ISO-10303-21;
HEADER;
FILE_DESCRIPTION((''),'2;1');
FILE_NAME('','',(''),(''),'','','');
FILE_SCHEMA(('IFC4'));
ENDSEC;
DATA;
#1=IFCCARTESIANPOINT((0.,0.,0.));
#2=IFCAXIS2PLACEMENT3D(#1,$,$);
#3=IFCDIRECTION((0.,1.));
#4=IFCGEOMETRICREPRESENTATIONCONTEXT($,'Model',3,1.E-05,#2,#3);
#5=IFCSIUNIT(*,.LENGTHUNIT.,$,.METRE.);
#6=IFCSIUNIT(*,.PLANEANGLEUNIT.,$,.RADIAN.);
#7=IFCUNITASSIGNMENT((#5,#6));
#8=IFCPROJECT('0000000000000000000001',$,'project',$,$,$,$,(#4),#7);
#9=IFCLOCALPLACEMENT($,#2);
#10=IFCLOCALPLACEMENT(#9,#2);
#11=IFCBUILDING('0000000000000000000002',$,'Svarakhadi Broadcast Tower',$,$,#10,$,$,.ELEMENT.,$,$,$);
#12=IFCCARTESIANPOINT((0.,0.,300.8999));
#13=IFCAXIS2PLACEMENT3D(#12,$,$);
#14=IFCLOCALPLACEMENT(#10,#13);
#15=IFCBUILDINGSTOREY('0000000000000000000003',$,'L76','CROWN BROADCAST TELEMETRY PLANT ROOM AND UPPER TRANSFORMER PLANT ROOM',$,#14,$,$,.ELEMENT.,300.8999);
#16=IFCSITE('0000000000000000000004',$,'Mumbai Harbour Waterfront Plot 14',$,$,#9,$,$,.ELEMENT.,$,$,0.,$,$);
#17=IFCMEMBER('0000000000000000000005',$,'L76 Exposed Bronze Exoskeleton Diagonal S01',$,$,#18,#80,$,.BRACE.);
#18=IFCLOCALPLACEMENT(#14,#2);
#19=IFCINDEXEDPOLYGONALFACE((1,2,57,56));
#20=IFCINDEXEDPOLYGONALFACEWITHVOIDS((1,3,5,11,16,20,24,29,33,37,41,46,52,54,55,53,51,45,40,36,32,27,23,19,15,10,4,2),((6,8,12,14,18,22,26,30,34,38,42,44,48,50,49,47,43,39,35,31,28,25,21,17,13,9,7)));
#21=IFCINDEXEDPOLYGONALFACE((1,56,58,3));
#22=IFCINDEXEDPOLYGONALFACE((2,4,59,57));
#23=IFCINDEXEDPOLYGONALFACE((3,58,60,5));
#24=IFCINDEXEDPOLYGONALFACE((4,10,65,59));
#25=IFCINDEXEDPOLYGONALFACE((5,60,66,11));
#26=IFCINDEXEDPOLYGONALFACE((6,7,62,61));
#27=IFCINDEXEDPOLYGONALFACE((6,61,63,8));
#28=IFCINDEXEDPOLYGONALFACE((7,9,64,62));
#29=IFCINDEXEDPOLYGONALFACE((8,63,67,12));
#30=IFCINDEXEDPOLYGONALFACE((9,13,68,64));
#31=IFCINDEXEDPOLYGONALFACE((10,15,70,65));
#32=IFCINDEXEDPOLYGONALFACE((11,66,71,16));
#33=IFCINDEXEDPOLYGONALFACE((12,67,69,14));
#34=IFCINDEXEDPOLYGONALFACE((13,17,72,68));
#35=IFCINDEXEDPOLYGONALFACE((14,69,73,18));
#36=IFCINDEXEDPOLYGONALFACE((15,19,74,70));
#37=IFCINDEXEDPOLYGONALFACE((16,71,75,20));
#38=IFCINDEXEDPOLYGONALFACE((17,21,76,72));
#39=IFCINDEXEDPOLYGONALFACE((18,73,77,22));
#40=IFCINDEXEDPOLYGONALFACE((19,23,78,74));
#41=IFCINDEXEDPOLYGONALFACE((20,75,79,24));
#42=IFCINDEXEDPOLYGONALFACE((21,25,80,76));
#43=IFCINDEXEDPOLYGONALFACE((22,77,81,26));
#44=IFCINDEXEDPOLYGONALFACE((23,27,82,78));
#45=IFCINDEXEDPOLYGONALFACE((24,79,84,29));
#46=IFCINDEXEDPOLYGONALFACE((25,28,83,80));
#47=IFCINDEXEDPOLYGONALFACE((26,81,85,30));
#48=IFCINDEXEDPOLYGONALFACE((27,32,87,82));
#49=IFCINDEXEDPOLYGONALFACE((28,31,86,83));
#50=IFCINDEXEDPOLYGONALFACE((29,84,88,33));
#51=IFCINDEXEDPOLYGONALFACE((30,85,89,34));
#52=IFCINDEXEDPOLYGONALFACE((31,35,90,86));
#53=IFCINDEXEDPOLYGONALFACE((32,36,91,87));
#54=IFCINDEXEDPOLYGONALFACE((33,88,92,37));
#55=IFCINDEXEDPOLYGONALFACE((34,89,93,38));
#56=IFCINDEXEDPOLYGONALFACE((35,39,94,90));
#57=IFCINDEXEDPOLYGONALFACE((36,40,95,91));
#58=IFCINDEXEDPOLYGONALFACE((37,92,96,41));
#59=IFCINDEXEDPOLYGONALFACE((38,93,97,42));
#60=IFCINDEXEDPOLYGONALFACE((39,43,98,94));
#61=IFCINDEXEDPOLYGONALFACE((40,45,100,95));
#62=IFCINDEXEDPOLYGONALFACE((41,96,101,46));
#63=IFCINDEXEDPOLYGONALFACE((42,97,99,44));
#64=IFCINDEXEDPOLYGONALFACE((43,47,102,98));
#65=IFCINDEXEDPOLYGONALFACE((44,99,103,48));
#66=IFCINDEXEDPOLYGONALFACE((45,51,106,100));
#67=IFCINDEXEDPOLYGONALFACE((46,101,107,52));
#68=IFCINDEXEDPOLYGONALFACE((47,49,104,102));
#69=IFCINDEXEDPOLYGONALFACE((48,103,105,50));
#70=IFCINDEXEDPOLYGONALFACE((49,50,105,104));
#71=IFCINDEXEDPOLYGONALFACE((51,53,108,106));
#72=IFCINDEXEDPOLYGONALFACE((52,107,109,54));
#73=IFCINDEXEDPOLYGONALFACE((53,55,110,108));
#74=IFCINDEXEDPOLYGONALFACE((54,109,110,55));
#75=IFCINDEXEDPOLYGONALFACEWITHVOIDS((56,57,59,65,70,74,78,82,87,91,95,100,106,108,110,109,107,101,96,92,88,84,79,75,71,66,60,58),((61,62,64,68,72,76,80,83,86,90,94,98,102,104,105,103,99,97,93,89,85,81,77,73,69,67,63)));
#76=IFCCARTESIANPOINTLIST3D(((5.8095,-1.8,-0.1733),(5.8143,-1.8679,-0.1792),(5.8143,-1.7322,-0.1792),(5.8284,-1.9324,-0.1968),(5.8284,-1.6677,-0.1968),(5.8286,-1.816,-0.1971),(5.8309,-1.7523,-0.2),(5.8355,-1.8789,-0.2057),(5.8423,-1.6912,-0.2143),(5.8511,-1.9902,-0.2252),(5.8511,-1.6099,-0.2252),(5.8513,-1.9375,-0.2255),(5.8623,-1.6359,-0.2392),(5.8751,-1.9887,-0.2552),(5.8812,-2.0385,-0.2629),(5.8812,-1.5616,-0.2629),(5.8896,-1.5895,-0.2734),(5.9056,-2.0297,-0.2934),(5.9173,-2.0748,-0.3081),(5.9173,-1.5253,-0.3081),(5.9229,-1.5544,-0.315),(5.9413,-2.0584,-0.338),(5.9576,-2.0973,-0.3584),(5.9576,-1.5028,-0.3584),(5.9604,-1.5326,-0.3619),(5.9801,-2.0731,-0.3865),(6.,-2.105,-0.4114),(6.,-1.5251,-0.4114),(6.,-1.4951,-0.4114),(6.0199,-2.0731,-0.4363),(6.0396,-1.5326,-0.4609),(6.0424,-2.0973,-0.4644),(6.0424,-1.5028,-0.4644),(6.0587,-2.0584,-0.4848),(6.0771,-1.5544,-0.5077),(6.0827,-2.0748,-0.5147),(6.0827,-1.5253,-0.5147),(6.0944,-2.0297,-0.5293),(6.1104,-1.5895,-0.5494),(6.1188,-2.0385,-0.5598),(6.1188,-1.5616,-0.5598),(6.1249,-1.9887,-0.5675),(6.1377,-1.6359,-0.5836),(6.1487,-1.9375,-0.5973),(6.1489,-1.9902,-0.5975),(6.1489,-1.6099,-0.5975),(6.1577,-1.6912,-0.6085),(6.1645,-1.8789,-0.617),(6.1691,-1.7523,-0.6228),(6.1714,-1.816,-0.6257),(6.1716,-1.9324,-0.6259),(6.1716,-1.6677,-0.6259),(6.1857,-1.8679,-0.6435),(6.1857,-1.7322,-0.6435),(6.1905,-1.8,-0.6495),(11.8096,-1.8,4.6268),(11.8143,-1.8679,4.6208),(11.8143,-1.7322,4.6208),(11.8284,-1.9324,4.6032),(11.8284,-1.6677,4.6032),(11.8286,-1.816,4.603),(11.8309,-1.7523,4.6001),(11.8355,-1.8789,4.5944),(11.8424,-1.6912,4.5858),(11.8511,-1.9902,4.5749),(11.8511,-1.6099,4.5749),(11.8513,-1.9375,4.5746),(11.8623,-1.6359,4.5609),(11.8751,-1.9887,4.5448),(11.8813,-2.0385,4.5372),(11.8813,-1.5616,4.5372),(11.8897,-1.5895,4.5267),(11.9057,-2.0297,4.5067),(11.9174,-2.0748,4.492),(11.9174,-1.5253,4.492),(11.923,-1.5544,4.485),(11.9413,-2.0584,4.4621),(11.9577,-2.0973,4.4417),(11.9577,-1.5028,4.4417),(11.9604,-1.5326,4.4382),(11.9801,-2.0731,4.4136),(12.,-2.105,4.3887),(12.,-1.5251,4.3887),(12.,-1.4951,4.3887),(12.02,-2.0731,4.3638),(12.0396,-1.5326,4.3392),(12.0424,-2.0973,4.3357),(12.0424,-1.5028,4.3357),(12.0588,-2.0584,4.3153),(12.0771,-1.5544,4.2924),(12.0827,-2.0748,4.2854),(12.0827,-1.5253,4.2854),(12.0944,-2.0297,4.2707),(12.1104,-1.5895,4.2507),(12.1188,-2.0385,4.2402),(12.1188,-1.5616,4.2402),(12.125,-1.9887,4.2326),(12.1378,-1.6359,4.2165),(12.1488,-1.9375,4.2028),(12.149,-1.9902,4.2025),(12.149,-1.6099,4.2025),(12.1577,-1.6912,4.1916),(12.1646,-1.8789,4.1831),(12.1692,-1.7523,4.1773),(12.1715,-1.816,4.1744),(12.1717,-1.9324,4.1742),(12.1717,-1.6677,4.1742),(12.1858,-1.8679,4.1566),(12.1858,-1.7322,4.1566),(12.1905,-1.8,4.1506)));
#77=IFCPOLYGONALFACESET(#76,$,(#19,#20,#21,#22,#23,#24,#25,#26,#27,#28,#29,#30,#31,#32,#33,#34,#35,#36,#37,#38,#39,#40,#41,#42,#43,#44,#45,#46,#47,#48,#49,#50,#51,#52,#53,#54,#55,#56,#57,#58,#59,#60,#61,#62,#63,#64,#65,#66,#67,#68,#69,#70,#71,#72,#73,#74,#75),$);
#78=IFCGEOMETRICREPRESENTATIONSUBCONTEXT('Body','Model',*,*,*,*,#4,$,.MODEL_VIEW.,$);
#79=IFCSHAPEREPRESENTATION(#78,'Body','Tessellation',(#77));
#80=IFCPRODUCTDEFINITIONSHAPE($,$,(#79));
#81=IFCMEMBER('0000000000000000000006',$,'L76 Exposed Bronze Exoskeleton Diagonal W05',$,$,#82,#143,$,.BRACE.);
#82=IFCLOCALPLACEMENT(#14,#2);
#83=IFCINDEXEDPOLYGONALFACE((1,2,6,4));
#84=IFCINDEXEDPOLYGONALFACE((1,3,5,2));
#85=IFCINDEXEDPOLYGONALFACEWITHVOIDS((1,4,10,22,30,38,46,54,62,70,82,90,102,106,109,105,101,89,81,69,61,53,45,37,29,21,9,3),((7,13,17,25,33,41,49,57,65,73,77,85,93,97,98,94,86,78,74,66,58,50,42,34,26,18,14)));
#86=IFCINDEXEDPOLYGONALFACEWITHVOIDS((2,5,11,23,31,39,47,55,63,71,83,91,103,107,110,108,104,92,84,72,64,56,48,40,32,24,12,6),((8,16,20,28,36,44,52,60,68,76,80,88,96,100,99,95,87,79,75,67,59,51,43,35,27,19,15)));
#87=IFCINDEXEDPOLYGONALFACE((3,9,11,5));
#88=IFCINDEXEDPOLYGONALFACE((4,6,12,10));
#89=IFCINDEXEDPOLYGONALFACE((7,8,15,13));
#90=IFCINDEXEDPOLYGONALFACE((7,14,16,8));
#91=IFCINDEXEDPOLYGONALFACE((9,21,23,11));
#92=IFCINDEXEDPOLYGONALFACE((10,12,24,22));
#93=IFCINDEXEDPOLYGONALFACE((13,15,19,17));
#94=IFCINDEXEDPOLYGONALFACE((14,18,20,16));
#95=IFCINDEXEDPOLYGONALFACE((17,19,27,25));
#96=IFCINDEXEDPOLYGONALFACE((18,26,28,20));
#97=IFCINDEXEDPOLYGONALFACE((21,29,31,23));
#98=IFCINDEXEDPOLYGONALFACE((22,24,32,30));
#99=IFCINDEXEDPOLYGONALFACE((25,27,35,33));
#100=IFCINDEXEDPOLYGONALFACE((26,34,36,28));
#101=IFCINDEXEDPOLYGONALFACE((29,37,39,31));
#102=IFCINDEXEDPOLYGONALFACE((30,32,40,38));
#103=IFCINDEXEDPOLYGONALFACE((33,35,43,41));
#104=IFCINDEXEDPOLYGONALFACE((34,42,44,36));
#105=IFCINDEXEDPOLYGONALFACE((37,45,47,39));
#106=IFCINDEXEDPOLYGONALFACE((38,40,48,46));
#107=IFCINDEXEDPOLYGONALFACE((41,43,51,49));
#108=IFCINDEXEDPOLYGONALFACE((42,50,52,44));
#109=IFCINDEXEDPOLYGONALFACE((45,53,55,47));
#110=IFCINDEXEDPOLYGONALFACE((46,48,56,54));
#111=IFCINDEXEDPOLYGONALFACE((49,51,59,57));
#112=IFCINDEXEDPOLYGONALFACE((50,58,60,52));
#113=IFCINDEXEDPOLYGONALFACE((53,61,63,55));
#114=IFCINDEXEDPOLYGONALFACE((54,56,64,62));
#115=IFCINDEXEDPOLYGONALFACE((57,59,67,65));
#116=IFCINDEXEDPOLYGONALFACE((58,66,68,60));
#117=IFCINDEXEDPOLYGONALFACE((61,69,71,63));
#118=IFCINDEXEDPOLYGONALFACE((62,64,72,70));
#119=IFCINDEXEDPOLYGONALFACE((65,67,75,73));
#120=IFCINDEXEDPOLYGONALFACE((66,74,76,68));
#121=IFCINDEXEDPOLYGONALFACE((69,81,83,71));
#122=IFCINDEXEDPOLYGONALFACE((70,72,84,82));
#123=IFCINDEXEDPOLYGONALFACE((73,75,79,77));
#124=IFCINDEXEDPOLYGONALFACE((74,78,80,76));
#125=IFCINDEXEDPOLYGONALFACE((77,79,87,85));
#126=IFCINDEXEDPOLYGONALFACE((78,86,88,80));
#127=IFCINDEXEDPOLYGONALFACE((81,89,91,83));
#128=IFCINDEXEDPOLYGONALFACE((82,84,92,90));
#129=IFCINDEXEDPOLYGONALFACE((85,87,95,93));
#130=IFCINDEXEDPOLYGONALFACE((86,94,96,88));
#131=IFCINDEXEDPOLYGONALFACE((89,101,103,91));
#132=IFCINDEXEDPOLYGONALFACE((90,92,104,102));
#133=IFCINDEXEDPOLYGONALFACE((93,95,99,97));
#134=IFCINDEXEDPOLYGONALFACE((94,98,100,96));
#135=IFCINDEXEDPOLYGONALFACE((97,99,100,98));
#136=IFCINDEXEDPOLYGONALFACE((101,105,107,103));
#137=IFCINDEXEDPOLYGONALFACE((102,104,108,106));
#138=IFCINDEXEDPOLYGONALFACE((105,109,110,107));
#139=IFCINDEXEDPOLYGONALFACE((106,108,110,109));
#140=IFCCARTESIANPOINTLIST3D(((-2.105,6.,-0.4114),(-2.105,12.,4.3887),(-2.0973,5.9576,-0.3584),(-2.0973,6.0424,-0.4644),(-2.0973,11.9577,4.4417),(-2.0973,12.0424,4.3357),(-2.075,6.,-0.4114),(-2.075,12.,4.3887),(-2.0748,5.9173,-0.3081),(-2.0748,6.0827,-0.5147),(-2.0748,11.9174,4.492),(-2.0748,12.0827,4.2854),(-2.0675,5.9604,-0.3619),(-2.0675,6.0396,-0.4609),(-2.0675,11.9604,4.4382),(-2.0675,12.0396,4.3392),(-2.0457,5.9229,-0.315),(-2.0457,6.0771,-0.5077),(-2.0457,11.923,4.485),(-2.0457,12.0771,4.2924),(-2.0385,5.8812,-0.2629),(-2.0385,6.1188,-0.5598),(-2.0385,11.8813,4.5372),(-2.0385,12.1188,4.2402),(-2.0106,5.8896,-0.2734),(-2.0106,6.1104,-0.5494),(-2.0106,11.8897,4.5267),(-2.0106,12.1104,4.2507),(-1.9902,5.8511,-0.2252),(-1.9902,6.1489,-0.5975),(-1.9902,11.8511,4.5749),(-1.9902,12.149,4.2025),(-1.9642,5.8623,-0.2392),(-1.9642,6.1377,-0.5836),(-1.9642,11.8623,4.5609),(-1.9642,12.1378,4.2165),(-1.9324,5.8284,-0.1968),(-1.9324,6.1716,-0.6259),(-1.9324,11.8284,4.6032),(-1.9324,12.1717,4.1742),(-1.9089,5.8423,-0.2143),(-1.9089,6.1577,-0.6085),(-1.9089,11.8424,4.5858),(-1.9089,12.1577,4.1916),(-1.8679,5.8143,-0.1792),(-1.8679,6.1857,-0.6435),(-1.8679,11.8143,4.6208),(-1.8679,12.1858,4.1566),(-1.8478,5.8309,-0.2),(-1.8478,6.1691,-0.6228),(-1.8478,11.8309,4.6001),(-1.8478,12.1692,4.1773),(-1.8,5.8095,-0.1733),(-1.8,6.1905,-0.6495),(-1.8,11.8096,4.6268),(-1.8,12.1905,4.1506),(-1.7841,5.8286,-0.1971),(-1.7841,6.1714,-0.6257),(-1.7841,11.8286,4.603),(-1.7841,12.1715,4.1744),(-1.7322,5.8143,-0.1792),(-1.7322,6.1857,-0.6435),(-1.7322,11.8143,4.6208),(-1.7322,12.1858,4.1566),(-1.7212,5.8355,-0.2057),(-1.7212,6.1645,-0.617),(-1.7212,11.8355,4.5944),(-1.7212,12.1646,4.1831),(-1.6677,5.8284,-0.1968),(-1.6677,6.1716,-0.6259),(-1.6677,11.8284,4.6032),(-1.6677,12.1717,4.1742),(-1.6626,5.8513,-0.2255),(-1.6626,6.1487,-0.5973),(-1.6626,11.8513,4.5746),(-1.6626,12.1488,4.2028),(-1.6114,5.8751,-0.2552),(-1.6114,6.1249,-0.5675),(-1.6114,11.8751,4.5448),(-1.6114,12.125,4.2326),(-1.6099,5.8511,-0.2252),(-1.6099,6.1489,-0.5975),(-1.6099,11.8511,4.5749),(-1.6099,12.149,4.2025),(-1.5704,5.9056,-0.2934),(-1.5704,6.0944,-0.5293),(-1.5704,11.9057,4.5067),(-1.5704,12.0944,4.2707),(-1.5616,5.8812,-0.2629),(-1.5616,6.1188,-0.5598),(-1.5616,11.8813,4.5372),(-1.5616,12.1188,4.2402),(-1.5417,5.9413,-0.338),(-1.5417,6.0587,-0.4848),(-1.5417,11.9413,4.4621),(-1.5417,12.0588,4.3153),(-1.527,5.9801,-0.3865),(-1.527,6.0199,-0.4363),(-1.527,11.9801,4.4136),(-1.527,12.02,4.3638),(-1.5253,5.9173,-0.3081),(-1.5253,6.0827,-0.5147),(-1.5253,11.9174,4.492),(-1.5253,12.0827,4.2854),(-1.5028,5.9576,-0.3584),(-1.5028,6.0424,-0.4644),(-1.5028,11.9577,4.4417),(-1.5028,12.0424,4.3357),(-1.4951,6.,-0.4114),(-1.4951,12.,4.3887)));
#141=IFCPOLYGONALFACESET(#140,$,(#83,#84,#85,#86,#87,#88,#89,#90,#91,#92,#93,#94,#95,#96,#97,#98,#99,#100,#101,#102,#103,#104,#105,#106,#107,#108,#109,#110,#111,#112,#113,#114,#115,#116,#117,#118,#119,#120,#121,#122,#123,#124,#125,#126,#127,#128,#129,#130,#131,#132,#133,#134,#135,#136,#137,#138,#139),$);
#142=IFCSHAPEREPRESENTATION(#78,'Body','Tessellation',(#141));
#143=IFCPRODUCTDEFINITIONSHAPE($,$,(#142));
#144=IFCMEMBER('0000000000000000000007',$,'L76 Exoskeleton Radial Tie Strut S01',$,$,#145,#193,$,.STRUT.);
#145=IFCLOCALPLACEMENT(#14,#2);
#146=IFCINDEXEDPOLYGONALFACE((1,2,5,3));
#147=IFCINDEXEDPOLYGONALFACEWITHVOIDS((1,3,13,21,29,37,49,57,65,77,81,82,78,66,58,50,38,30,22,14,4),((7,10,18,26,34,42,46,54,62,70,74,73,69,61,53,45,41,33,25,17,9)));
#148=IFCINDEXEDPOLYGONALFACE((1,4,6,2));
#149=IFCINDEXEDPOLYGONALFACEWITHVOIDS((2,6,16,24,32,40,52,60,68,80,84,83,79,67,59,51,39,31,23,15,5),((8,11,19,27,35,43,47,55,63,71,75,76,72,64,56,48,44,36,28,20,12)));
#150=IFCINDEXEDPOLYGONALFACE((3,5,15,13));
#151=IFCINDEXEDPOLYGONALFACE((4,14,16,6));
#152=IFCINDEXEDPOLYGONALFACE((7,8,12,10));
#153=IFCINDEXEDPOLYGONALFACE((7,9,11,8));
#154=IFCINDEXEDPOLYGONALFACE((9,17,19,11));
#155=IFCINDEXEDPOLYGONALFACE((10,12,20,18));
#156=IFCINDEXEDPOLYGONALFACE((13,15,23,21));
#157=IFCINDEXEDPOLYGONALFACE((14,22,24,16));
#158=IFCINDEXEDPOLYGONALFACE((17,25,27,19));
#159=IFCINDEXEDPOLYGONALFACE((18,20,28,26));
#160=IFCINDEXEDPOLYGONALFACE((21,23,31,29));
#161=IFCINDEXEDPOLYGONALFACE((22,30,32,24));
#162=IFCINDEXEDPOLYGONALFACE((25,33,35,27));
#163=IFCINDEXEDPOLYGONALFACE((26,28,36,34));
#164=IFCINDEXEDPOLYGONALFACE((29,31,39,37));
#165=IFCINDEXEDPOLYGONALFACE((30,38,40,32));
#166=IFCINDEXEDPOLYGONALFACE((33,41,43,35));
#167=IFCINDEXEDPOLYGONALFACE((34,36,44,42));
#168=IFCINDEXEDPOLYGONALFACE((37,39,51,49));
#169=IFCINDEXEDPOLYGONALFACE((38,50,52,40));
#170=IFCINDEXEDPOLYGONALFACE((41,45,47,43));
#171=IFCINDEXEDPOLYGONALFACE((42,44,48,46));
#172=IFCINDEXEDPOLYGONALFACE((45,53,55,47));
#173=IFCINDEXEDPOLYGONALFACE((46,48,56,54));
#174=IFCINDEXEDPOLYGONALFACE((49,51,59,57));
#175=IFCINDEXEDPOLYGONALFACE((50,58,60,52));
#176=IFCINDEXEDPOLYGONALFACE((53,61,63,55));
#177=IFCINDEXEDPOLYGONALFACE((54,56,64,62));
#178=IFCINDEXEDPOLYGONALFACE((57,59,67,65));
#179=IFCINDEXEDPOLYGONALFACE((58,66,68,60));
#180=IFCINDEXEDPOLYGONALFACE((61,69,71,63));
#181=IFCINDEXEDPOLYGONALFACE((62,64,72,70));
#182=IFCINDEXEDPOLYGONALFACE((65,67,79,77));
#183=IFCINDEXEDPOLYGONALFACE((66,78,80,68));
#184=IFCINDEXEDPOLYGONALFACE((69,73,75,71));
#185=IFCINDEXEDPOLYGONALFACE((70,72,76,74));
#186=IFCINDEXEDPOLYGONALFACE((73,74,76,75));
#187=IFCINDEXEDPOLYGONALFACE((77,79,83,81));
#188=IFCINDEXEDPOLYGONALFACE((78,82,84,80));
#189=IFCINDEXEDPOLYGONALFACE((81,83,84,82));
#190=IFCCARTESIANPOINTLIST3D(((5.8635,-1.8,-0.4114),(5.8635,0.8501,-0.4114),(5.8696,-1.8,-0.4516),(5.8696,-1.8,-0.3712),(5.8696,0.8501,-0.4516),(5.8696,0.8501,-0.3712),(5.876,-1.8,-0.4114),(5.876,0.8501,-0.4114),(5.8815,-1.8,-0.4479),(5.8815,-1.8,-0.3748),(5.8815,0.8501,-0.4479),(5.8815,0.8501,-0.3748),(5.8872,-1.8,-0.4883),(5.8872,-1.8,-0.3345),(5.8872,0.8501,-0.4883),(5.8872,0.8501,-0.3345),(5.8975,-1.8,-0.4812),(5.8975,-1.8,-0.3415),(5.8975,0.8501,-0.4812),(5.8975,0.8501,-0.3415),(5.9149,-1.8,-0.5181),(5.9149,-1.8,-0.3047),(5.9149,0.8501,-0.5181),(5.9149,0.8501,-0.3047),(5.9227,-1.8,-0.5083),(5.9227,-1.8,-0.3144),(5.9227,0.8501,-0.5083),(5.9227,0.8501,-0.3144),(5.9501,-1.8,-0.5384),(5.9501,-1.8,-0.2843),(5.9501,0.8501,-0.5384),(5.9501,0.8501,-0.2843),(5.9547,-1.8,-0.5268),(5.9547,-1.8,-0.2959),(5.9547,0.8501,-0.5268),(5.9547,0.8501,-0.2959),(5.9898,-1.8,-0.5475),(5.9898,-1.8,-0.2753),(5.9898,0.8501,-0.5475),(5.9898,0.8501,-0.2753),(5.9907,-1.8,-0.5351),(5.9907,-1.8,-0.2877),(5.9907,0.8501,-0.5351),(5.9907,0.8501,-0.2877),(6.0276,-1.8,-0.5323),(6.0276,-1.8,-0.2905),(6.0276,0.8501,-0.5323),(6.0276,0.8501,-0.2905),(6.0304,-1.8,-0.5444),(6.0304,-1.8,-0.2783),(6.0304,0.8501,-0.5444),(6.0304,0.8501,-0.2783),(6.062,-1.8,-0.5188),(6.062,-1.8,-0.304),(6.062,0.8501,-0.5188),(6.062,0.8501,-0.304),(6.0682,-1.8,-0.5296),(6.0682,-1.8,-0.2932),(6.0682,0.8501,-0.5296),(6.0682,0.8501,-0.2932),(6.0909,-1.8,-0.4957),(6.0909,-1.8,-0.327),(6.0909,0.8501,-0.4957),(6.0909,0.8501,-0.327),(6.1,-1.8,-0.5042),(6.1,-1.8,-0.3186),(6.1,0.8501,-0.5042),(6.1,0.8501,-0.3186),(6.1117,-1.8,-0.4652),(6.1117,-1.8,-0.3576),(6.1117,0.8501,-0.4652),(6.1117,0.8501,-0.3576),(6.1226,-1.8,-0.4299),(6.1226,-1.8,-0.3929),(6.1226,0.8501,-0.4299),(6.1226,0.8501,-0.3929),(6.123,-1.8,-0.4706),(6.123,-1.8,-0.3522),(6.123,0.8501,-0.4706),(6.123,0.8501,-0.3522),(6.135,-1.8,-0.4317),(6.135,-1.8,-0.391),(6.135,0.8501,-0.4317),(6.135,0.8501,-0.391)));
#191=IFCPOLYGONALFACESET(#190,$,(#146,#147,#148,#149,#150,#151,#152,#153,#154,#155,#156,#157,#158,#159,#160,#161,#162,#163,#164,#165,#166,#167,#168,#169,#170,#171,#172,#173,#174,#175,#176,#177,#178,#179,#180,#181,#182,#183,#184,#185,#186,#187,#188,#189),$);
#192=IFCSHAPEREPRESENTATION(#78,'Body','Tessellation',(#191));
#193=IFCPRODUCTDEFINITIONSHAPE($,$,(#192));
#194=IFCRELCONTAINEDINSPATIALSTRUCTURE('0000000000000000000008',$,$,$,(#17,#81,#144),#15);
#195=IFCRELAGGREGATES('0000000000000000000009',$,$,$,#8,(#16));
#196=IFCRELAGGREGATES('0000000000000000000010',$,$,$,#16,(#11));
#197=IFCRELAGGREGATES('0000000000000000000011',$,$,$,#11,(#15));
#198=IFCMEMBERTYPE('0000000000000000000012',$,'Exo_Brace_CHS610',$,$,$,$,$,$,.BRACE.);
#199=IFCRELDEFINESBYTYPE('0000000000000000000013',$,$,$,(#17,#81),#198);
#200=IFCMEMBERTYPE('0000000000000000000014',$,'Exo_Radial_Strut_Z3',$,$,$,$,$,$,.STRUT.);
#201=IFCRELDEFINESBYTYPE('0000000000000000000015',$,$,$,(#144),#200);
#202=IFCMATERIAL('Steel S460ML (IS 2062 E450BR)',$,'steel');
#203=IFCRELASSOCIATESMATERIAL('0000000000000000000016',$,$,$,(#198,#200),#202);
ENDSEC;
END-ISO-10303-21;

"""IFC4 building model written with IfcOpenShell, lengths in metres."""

from ifc_helpers import new_model, si_unit, direction, frame, origin, origin_2d, place, context, subcontext, project, spatial, hollow_circle, extrude, material, material_profile, profile_set, type_object, element, save


model = new_model("IFC4")

# Units and contexts
model_context = context("Model", 3, precision=1e-05, world=origin(), true_north=direction((0.0, 1.0)))
body_context = subcontext(model_context, "Body", "Model", "MODEL_VIEW")
ifc_project = project(units=[si_unit("LENGTHUNIT", "METRE"), si_unit("PLANEANGLEUNIT", "RADIAN")], contexts=[model_context])

# Site, building, storey
site_placement = place(None, origin())
site = spatial("IfcSite", under=ifc_project, at=site_placement, Name="Mumbai Harbour Waterfront Plot 14", CompositionType="ELEMENT", RefElevation=0.0)
building_placement = place(site_placement, origin())
building = spatial("IfcBuilding", under=site, at=building_placement, Name="Svarakhadi Broadcast Tower", CompositionType="ELEMENT")
storey_placement = place(building_placement, frame((0.0, 0.0, 300.8999)))
storey = spatial("IfcBuildingStorey", under=building, at=storey_placement, Name="L76", Description="CROWN BROADCAST TELEMETRY PLANT ROOM AND UPPER TRANSFORMER PLANT ROOM", CompositionType="ELEMENT", Elevation=300.8999)

# Shared definitions
ifc_material_1 = material(Name="Steel S460ML (IS 2062 E450BR)", Category="steel")

# Members
ifc_material_profile_1 = material_profile(ifc_material_1, hollow_circle(Radius=0.3049, WallThickness=0.03, at=origin_2d()), Name="CHS 610x30")
ifc_profile_set_1 = profile_set([ifc_material_profile_1], Name="Steel S460ML (IS 2062 E450BR)")
member_type_1 = type_object("IfcMemberType", Name="Exo_Brace_CHS610", PredefinedType="BRACE", material=ifc_profile_set_1)
for number, where, z_axis, x_axis, name in (
    (1, (6.0, -1.8, -0.4114), (0.780866, 0.0, 0.624699), (0.0, 1.0, 0.0), "L76 Exposed Bronze Exoskeleton Diagonal S01"),
    (2, (-1.8, 6.0, -0.4114), (0.0, 0.780866, 0.624699), (-1.0, 0.0, 0.0), "L76 Exposed Bronze Exoskeleton Diagonal W05"),
):
    element("IfcMember", number, at=place(storey_placement, frame(where, z_axis=z_axis, x_axis=x_axis)), inside=storey, type_object=member_type_1, Name=name, PredefinedType="BRACE", context=body_context, shape_type="SweptSolid", body=[
        extrude(hollow_circle(Radius=0.3049, WallThickness=0.03, at=origin_2d()), origin(), (0.0, 0.0, 1.0), 7.6838),
    ])
ifc_material_profile_2 = material_profile(ifc_material_1, hollow_circle(Radius=0.1365, WallThickness=0.0125, at=origin_2d()), Name="CHS 273x12.5")
ifc_profile_set_2 = profile_set([ifc_material_profile_2], Name="Steel S460ML (IS 2062 E450BR)")
member_type_2 = type_object("IfcMemberType", Name="Exo_Radial_Strut_Z3", PredefinedType="STRUT", material=ifc_profile_set_2)
for number, where, z_axis, x_axis, name in (
    (3, (6.0, -1.8, -0.4114), (0.0, 1.0, 0.0), (-1.0, 0.0, 0.0), "L76 Exoskeleton Radial Tie Strut S01"),
):
    element("IfcMember", number, at=place(storey_placement, frame(where, z_axis=z_axis, x_axis=x_axis)), inside=storey, type_object=member_type_2, Name=name, PredefinedType="STRUT", context=body_context, shape_type="SweptSolid", body=[
        extrude(hollow_circle(Radius=0.1365, WallThickness=0.0125, at=origin_2d()), origin(), (0.0, 0.0, 1.0), 2.6501),
    ])

save(model, "model.ifc")
